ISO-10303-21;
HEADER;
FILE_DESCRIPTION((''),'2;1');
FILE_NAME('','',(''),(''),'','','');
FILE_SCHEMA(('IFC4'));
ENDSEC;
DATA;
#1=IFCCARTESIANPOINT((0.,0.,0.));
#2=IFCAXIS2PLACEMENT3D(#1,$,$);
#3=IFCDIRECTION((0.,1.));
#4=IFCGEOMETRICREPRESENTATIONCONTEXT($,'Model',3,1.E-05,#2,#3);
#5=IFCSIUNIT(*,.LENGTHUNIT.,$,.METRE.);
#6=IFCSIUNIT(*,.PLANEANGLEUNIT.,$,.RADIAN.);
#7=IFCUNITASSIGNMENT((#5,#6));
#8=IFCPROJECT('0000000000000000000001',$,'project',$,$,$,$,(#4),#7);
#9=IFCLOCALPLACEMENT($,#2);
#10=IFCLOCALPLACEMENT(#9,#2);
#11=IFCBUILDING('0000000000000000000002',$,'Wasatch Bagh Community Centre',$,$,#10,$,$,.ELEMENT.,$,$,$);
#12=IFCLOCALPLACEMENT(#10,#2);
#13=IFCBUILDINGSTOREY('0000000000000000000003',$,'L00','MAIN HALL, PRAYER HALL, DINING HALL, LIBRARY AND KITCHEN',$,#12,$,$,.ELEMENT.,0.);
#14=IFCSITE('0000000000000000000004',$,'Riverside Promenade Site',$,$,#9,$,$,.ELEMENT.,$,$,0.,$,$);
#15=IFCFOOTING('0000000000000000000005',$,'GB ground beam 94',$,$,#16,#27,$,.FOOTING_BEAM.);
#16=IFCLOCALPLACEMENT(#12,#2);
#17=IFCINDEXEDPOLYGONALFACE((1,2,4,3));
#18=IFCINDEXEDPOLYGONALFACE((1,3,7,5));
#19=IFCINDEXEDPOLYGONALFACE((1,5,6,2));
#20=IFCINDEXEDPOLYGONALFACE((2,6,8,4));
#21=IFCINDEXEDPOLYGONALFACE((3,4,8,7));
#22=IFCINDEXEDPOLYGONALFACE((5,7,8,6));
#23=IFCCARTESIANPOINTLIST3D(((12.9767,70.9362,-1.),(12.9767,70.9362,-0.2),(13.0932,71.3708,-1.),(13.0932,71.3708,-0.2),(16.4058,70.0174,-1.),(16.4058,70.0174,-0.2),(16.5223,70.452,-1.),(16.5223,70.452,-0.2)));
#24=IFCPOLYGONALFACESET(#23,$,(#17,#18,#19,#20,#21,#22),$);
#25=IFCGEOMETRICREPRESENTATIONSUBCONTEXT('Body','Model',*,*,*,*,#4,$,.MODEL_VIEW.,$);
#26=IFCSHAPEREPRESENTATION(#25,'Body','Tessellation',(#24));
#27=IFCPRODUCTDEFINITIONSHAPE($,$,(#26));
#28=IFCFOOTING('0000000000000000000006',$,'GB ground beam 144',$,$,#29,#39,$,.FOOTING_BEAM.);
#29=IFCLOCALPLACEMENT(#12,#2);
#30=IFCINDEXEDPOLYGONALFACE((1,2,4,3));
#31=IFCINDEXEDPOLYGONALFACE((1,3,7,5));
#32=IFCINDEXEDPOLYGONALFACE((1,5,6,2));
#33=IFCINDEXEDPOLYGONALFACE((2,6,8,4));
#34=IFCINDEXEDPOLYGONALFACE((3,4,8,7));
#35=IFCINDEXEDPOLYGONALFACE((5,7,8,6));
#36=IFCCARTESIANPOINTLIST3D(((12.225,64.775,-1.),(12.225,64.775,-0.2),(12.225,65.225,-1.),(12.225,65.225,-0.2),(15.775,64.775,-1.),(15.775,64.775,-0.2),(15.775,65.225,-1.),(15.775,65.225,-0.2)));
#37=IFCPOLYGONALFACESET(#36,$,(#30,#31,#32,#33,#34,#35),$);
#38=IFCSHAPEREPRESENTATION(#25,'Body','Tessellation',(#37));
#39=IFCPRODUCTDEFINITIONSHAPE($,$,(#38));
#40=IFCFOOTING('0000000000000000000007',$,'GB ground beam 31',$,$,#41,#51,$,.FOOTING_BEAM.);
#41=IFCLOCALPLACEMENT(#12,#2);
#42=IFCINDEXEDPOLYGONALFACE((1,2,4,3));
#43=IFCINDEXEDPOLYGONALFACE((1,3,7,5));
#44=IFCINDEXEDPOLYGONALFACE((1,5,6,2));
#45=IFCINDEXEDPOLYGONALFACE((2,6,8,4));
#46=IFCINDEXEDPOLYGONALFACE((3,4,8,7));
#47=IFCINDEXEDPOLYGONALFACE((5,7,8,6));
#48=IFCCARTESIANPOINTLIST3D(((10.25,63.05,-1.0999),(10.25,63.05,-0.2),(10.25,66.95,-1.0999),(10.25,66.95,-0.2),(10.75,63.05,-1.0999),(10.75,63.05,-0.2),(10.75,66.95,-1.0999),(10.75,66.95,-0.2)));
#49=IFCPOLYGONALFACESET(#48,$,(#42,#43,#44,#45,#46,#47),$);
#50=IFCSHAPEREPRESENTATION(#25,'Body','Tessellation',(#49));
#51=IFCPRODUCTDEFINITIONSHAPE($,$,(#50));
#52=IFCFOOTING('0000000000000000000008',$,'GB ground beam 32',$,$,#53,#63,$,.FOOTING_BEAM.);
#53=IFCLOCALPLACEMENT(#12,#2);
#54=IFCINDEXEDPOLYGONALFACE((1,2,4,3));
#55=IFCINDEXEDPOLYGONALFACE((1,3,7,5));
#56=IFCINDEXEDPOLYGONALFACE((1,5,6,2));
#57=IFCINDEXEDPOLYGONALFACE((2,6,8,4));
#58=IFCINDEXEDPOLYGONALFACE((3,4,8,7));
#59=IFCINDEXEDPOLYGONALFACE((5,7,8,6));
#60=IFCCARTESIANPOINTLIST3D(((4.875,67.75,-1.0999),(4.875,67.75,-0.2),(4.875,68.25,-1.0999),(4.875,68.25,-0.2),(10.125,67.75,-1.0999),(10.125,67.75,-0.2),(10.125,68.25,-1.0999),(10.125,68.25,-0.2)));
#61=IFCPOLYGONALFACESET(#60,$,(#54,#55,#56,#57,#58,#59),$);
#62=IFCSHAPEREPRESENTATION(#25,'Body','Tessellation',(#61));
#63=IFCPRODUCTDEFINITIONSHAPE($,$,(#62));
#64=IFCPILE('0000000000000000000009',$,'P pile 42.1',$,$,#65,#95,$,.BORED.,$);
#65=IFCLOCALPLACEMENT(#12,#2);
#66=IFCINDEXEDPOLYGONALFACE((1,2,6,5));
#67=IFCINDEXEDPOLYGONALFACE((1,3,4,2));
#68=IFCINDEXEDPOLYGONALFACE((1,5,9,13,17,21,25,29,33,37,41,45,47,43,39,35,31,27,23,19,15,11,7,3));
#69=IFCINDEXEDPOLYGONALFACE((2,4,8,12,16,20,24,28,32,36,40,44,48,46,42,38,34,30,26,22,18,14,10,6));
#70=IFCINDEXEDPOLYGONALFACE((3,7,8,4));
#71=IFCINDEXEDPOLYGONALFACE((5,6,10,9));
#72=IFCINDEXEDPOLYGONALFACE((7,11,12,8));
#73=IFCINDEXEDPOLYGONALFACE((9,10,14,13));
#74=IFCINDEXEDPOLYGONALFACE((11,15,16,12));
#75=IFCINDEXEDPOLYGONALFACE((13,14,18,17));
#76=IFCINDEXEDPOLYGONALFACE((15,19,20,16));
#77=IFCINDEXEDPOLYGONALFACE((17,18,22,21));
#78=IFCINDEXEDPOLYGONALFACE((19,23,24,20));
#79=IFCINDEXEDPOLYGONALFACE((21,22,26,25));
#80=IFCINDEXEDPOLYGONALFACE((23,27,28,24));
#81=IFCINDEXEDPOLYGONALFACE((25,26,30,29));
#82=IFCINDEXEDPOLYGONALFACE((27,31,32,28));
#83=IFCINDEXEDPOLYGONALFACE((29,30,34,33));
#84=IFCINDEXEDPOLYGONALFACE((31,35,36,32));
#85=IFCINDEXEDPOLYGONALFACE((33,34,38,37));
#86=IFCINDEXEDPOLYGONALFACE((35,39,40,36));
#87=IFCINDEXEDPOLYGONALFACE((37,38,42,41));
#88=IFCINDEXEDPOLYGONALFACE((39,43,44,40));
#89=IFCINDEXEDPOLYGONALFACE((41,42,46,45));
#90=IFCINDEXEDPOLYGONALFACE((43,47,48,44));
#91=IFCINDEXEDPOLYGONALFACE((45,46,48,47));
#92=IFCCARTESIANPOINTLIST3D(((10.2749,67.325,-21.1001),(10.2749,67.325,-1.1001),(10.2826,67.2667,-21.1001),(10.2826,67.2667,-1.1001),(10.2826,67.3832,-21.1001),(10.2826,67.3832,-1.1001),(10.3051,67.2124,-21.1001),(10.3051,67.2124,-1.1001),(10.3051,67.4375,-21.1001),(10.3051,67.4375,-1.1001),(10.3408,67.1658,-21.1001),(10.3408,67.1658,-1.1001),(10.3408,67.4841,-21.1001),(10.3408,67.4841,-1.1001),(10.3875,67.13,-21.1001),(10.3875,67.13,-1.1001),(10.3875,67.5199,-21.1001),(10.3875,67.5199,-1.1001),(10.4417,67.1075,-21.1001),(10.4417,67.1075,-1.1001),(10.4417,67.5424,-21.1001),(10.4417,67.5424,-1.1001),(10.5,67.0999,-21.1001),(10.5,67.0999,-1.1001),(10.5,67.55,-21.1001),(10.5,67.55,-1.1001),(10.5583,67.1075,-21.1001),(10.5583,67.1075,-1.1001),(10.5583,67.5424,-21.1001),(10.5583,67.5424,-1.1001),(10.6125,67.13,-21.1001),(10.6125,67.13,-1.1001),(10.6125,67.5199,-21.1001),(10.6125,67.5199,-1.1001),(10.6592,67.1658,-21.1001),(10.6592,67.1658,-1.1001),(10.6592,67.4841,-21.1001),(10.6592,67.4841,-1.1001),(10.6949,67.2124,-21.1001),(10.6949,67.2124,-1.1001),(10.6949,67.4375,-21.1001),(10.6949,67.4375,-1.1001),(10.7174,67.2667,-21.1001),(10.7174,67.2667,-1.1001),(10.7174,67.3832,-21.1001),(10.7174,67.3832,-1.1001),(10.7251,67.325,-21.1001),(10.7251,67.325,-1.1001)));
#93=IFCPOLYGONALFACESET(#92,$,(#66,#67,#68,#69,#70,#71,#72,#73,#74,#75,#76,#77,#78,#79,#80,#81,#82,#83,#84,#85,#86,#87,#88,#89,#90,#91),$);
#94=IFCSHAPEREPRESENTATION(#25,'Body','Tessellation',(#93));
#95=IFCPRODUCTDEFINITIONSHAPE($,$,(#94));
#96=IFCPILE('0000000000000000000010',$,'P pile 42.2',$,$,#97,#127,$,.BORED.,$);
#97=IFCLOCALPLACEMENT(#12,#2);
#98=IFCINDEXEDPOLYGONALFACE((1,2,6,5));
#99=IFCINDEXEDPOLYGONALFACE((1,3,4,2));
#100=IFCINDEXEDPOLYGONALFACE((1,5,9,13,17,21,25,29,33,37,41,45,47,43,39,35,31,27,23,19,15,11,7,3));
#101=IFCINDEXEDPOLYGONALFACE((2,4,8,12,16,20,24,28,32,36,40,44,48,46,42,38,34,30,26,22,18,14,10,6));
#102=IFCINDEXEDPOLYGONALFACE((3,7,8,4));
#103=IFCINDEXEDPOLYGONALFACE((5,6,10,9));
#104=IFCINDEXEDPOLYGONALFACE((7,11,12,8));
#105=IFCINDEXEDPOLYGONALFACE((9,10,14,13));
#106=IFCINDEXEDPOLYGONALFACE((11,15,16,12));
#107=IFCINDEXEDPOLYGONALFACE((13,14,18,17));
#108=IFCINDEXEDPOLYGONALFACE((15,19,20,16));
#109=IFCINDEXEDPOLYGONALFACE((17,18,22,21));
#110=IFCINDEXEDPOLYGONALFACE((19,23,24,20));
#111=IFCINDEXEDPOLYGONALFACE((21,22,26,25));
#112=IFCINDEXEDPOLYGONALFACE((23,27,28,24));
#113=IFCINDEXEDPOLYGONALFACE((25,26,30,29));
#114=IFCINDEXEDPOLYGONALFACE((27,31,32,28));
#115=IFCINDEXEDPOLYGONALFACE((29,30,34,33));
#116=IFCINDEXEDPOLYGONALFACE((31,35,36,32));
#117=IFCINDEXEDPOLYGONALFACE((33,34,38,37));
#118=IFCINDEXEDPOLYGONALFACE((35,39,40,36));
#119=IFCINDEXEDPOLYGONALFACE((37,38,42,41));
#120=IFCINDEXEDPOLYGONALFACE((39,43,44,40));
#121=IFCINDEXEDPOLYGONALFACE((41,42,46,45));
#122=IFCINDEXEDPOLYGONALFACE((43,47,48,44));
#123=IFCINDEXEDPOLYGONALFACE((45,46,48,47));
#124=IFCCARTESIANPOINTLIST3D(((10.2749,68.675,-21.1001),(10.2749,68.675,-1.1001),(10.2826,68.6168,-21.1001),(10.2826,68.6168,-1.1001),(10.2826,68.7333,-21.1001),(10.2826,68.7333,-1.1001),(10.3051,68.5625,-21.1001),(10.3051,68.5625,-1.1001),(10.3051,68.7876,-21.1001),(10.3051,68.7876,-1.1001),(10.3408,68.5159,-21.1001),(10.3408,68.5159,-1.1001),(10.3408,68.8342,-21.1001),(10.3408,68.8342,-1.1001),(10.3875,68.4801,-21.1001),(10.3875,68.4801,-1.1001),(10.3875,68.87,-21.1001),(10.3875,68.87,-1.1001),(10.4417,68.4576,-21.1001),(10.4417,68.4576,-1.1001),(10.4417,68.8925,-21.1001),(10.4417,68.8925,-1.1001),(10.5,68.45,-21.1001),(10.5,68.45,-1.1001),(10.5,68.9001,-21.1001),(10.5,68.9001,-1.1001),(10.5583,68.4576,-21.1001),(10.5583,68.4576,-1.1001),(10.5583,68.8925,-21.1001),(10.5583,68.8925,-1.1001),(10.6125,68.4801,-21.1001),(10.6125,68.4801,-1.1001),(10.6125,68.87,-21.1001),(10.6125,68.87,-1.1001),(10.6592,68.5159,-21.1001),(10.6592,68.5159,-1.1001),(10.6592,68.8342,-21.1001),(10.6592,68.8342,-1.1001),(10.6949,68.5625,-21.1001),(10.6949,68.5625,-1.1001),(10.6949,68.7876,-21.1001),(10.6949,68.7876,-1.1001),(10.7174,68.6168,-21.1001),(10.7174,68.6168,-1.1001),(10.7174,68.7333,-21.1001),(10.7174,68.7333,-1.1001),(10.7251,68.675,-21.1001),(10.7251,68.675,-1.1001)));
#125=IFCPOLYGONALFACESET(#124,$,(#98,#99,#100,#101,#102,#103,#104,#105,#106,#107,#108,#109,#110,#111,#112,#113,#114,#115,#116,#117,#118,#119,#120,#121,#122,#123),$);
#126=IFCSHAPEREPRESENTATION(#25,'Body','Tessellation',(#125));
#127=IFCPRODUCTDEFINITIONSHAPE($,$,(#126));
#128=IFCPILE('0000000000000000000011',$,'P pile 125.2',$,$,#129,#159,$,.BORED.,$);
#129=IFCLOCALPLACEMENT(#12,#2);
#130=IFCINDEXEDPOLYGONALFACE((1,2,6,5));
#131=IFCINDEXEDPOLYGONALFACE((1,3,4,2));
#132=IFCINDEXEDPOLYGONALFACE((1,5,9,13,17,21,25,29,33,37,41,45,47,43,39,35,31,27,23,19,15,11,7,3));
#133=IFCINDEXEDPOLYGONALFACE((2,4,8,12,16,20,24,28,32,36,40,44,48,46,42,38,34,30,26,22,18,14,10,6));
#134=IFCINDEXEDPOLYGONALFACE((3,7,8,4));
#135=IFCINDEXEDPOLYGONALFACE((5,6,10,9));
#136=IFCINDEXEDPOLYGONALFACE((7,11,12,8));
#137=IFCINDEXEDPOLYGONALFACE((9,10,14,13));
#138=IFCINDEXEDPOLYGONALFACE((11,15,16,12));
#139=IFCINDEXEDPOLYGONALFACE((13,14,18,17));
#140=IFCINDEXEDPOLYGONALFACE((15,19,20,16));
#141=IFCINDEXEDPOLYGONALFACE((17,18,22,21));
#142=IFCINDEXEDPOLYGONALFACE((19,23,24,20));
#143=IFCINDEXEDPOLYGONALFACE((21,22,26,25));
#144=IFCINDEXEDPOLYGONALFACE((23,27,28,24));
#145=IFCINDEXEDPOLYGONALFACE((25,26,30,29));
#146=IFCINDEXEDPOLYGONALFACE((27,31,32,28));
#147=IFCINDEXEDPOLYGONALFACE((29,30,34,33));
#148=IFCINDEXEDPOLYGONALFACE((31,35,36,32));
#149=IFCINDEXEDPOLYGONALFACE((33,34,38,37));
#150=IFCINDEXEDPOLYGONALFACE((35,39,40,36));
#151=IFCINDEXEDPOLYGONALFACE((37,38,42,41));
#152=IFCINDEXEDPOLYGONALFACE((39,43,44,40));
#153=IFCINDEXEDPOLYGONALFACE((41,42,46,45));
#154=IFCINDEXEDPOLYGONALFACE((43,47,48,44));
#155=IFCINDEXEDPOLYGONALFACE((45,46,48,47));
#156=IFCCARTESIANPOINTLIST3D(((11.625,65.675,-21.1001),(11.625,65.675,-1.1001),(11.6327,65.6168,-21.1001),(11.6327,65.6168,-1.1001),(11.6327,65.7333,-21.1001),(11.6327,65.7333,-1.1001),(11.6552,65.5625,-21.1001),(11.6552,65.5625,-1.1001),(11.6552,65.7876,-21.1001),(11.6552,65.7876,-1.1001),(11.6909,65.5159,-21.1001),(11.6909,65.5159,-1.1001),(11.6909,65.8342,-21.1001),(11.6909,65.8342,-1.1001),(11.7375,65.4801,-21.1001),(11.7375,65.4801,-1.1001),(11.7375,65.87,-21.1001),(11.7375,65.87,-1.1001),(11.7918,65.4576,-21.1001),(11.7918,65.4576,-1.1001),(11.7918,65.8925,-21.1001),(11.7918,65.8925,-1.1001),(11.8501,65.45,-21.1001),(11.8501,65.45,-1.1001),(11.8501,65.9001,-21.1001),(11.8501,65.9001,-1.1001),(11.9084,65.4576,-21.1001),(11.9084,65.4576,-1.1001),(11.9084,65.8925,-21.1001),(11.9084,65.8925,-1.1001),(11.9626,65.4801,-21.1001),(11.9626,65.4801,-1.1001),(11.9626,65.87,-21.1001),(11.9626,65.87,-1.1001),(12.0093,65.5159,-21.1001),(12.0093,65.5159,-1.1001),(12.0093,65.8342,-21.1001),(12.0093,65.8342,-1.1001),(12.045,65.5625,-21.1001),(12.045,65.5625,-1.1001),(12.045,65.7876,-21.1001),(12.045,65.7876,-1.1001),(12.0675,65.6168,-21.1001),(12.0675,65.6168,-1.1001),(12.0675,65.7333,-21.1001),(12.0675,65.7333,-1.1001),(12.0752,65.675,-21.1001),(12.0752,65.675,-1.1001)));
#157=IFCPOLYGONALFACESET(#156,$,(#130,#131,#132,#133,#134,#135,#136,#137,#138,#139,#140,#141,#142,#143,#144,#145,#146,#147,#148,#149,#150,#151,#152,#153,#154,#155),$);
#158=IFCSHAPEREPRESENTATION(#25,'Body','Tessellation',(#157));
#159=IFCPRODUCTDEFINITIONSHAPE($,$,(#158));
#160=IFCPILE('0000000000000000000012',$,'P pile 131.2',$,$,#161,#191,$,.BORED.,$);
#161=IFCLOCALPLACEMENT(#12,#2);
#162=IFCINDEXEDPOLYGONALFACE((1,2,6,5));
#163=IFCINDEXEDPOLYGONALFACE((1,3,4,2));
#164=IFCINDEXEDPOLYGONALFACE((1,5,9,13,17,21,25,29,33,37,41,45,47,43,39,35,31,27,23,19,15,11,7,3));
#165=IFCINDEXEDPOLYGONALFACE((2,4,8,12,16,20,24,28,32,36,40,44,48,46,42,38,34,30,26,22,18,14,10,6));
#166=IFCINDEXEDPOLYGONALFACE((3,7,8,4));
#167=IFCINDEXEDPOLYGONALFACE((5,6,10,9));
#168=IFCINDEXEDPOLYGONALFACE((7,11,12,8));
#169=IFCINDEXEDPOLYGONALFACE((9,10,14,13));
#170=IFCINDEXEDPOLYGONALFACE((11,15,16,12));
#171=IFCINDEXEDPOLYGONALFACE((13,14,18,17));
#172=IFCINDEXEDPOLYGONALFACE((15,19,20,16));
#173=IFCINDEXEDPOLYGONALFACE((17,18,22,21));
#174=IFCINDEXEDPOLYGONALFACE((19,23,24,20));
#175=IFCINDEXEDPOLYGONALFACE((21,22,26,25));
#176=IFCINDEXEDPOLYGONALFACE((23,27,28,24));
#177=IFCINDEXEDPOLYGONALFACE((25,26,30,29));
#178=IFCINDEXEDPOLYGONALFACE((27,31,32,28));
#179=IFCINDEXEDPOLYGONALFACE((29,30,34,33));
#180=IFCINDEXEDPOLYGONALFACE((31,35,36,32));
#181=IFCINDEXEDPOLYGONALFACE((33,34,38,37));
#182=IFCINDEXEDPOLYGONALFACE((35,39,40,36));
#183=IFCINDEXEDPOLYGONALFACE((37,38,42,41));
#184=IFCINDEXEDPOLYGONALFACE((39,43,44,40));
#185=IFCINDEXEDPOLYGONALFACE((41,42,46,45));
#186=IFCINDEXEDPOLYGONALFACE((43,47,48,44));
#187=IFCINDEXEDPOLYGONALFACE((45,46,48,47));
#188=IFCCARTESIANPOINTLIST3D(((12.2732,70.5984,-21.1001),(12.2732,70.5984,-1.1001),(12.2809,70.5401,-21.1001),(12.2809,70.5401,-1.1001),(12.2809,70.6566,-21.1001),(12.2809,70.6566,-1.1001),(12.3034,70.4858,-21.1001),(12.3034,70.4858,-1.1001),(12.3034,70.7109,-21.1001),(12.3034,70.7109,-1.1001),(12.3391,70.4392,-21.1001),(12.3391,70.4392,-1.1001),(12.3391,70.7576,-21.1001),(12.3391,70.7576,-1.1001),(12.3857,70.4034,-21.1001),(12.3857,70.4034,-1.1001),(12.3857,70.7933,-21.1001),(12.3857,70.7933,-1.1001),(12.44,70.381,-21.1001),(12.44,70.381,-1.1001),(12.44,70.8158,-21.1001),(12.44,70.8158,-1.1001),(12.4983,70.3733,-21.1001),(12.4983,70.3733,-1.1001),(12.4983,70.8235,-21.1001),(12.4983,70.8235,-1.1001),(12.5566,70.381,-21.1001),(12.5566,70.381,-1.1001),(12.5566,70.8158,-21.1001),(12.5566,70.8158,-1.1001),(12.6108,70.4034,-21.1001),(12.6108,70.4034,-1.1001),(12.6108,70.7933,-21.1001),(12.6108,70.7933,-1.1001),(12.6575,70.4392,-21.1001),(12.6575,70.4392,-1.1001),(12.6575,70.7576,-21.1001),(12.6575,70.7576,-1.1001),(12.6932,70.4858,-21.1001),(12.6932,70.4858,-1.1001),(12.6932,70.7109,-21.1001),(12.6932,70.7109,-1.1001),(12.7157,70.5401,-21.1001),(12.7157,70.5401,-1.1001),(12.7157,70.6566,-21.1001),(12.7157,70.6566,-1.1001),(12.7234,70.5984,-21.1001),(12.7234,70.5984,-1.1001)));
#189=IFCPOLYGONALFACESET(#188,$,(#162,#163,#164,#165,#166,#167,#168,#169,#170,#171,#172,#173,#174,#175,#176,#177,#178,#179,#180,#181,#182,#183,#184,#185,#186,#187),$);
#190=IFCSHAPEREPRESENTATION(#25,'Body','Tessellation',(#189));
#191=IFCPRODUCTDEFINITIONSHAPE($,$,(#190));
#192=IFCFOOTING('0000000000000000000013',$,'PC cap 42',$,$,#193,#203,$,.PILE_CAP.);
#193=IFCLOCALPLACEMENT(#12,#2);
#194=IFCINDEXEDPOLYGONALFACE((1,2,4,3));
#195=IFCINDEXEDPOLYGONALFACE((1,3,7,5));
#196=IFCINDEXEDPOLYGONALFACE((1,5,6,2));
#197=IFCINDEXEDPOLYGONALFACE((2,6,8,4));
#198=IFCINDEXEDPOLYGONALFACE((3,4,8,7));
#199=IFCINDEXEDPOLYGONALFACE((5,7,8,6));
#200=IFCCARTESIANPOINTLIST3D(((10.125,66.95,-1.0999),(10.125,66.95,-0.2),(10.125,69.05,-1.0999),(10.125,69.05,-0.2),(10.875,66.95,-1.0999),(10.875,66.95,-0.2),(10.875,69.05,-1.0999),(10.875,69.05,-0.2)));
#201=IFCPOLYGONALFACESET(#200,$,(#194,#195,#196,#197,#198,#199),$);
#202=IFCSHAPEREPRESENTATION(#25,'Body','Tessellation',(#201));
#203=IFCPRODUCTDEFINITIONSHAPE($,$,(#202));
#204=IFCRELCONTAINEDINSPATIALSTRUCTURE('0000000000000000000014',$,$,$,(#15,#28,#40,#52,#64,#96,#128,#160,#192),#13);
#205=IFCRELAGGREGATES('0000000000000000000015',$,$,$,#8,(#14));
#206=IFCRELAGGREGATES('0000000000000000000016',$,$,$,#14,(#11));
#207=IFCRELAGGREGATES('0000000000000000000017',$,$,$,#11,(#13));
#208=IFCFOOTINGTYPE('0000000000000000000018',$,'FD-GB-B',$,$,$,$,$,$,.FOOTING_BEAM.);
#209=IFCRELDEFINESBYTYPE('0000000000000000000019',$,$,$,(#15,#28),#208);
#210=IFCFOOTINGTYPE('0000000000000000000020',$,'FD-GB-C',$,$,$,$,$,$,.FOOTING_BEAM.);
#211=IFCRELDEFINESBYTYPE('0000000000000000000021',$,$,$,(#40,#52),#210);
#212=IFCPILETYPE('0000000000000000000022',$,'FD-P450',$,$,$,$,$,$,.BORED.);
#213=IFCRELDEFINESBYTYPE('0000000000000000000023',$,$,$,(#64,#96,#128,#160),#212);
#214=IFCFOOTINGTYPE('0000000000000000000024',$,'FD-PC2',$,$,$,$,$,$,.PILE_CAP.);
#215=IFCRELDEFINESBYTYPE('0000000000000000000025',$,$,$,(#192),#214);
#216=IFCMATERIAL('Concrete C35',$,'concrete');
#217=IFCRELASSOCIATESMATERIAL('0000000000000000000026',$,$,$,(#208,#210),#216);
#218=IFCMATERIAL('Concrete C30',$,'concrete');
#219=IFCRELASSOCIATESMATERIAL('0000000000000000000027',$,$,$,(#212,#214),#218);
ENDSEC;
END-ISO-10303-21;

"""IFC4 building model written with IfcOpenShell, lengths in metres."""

from ifc_helpers import new_model, si_unit, direction, frame, origin, origin_2d, place, context, subcontext, project, spatial, rectangle, circle, extrude, material, material_profile, profile_set, type_object, element, save


model = new_model("IFC4")

# Units and contexts
model_context = context("Model", 3, precision=1e-05, world=origin(), true_north=direction((0.0, 1.0)))
body_context = subcontext(model_context, "Body", "Model", "MODEL_VIEW")
ifc_project = project(units=[si_unit("LENGTHUNIT", "METRE"), si_unit("PLANEANGLEUNIT", "RADIAN")], contexts=[model_context])

# Site, building, storey
site_placement = place(None, origin())
site = spatial("IfcSite", under=ifc_project, at=site_placement, Name="Riverside Promenade Site", CompositionType="ELEMENT", RefElevation=0.0)
building_placement = place(site_placement, origin())
building = spatial("IfcBuilding", under=site, at=building_placement, Name="Wasatch Bagh Community Centre", CompositionType="ELEMENT")
storey_placement = place(building_placement, origin())
storey = spatial("IfcBuildingStorey", under=building, at=storey_placement, Name="L00", Description="MAIN HALL, PRAYER HALL, DINING HALL, LIBRARY AND KITCHEN", CompositionType="ELEMENT", Elevation=0.0)

# Footings
ifc_material_1 = material(Name="Concrete C35", Category="concrete")
footing_type_1 = type_object("IfcFootingType", Name="FD-GB-B", PredefinedType="FOOTING_BEAM", material=ifc_material_1)
for number, where, z_axis, x_axis, name in (
    (1, (14.7495, 70.6941, -1.0), (0.0, 0.0, 1.0), (-0.965926, 0.258819, 0.0), "GB ground beam 94"),
    (2, (14.0, 65.0, -1.0), (0.0, 0.0, 1.0), (-1.0, 0.0, 0.0), "GB ground beam 144"),
):
    element("IfcFooting", number, at=place(storey_placement, frame(where, z_axis=z_axis, x_axis=x_axis)), inside=storey, type_object=footing_type_1, Name=name, PredefinedType="FOOTING_BEAM", context=body_context, shape_type="SweptSolid", body=[
        extrude(rectangle(XDim=3.55, YDim=0.45, at=origin_2d()), origin(), (0.0, 0.0, 1.0), 0.8),
    ])
footing_type_2 = type_object("IfcFootingType", Name="FD-GB-C", PredefinedType="FOOTING_BEAM", material=ifc_material_1)
footing_1_placement = place(storey_placement, frame((10.5, 65.0, -1.0999), z_axis=(0.0, 0.0, 1.0), x_axis=(0.0, 1.0, 0.0)))
element("IfcFooting", 3, at=footing_1_placement, inside=storey, type_object=footing_type_2, Name="GB ground beam 31", PredefinedType="FOOTING_BEAM", context=body_context, shape_type="SweptSolid", body=[
    extrude(rectangle(XDim=3.8999, YDim=0.5, at=origin_2d()), origin(), (0.0, 0.0, 1.0), 0.8999),
])
footing_2_placement = place(storey_placement, frame((7.5, 68.0, -1.0999), z_axis=(0.0, 0.0, 1.0), x_axis=(1.0, 0.0, 0.0)))
element("IfcFooting", 4, at=footing_2_placement, inside=storey, type_object=footing_type_2, Name="GB ground beam 32", PredefinedType="FOOTING_BEAM", context=body_context, shape_type="SweptSolid", body=[
    extrude(rectangle(XDim=5.25, YDim=0.5, at=origin_2d()), origin(), (0.0, 0.0, 1.0), 0.8999),
])

# Piles
ifc_material_2 = material(Name="Concrete C30", Category="concrete")
ifc_material_profile_1 = material_profile(ifc_material_2, circle(Radius=0.2251, at=origin_2d()), Name="RC D450")
ifc_profile_set_1 = profile_set([ifc_material_profile_1], Name="Concrete C30")
pile_type = type_object("IfcPileType", Name="FD-P450", PredefinedType="BORED", material=ifc_profile_set_1)
for number, where, z_axis, x_axis, name in (
    (5, (10.5, 67.325, -1.1001), (0.0, 0.0, -1.0), (1.0, 0.0, 0.0), "P pile 42.1"),
    (6, (10.5, 68.675, -1.1001), (0.0, 0.0, -1.0), (1.0, 0.0, 0.0), "P pile 42.2"),
    (7, (11.8501, 65.675, -1.1001), (0.0, 0.0, -1.0), (1.0, 0.0, 0.0), "P pile 125.2"),
    (8, (12.4983, 70.5984, -1.1001), (0.0, 0.0, -1.0), (1.0, 0.0, 0.0), "P pile 131.2"),
):
    element("IfcPile", number, at=place(storey_placement, frame(where, z_axis=z_axis, x_axis=x_axis)), inside=storey, type_object=pile_type, Name=name, PredefinedType="BORED", context=body_context, shape_type="SweptSolid", body=[
        extrude(circle(Radius=0.2251, at=origin_2d()), origin(), (0.0, 0.0, 1.0), 20.0),
    ])

# Footing
footing_type_3 = type_object("IfcFootingType", Name="FD-PC2", PredefinedType="PILE_CAP", material=ifc_material_2)
for number, where, z_axis, x_axis, name in (
    (9, (10.5, 68.0, -1.0999), (0.0, 0.0, 1.0), (0.0, 1.0, 0.0), "PC cap 42"),
):
    element("IfcFooting", number, at=place(storey_placement, frame(where, z_axis=z_axis, x_axis=x_axis)), inside=storey, type_object=footing_type_3, Name=name, PredefinedType="PILE_CAP", context=body_context, shape_type="SweptSolid", body=[
        extrude(rectangle(XDim=2.1001, YDim=0.75, at=origin_2d()), origin(), (0.0, 0.0, 1.0), 0.8999),
    ])

save(model, "model.ifc")
